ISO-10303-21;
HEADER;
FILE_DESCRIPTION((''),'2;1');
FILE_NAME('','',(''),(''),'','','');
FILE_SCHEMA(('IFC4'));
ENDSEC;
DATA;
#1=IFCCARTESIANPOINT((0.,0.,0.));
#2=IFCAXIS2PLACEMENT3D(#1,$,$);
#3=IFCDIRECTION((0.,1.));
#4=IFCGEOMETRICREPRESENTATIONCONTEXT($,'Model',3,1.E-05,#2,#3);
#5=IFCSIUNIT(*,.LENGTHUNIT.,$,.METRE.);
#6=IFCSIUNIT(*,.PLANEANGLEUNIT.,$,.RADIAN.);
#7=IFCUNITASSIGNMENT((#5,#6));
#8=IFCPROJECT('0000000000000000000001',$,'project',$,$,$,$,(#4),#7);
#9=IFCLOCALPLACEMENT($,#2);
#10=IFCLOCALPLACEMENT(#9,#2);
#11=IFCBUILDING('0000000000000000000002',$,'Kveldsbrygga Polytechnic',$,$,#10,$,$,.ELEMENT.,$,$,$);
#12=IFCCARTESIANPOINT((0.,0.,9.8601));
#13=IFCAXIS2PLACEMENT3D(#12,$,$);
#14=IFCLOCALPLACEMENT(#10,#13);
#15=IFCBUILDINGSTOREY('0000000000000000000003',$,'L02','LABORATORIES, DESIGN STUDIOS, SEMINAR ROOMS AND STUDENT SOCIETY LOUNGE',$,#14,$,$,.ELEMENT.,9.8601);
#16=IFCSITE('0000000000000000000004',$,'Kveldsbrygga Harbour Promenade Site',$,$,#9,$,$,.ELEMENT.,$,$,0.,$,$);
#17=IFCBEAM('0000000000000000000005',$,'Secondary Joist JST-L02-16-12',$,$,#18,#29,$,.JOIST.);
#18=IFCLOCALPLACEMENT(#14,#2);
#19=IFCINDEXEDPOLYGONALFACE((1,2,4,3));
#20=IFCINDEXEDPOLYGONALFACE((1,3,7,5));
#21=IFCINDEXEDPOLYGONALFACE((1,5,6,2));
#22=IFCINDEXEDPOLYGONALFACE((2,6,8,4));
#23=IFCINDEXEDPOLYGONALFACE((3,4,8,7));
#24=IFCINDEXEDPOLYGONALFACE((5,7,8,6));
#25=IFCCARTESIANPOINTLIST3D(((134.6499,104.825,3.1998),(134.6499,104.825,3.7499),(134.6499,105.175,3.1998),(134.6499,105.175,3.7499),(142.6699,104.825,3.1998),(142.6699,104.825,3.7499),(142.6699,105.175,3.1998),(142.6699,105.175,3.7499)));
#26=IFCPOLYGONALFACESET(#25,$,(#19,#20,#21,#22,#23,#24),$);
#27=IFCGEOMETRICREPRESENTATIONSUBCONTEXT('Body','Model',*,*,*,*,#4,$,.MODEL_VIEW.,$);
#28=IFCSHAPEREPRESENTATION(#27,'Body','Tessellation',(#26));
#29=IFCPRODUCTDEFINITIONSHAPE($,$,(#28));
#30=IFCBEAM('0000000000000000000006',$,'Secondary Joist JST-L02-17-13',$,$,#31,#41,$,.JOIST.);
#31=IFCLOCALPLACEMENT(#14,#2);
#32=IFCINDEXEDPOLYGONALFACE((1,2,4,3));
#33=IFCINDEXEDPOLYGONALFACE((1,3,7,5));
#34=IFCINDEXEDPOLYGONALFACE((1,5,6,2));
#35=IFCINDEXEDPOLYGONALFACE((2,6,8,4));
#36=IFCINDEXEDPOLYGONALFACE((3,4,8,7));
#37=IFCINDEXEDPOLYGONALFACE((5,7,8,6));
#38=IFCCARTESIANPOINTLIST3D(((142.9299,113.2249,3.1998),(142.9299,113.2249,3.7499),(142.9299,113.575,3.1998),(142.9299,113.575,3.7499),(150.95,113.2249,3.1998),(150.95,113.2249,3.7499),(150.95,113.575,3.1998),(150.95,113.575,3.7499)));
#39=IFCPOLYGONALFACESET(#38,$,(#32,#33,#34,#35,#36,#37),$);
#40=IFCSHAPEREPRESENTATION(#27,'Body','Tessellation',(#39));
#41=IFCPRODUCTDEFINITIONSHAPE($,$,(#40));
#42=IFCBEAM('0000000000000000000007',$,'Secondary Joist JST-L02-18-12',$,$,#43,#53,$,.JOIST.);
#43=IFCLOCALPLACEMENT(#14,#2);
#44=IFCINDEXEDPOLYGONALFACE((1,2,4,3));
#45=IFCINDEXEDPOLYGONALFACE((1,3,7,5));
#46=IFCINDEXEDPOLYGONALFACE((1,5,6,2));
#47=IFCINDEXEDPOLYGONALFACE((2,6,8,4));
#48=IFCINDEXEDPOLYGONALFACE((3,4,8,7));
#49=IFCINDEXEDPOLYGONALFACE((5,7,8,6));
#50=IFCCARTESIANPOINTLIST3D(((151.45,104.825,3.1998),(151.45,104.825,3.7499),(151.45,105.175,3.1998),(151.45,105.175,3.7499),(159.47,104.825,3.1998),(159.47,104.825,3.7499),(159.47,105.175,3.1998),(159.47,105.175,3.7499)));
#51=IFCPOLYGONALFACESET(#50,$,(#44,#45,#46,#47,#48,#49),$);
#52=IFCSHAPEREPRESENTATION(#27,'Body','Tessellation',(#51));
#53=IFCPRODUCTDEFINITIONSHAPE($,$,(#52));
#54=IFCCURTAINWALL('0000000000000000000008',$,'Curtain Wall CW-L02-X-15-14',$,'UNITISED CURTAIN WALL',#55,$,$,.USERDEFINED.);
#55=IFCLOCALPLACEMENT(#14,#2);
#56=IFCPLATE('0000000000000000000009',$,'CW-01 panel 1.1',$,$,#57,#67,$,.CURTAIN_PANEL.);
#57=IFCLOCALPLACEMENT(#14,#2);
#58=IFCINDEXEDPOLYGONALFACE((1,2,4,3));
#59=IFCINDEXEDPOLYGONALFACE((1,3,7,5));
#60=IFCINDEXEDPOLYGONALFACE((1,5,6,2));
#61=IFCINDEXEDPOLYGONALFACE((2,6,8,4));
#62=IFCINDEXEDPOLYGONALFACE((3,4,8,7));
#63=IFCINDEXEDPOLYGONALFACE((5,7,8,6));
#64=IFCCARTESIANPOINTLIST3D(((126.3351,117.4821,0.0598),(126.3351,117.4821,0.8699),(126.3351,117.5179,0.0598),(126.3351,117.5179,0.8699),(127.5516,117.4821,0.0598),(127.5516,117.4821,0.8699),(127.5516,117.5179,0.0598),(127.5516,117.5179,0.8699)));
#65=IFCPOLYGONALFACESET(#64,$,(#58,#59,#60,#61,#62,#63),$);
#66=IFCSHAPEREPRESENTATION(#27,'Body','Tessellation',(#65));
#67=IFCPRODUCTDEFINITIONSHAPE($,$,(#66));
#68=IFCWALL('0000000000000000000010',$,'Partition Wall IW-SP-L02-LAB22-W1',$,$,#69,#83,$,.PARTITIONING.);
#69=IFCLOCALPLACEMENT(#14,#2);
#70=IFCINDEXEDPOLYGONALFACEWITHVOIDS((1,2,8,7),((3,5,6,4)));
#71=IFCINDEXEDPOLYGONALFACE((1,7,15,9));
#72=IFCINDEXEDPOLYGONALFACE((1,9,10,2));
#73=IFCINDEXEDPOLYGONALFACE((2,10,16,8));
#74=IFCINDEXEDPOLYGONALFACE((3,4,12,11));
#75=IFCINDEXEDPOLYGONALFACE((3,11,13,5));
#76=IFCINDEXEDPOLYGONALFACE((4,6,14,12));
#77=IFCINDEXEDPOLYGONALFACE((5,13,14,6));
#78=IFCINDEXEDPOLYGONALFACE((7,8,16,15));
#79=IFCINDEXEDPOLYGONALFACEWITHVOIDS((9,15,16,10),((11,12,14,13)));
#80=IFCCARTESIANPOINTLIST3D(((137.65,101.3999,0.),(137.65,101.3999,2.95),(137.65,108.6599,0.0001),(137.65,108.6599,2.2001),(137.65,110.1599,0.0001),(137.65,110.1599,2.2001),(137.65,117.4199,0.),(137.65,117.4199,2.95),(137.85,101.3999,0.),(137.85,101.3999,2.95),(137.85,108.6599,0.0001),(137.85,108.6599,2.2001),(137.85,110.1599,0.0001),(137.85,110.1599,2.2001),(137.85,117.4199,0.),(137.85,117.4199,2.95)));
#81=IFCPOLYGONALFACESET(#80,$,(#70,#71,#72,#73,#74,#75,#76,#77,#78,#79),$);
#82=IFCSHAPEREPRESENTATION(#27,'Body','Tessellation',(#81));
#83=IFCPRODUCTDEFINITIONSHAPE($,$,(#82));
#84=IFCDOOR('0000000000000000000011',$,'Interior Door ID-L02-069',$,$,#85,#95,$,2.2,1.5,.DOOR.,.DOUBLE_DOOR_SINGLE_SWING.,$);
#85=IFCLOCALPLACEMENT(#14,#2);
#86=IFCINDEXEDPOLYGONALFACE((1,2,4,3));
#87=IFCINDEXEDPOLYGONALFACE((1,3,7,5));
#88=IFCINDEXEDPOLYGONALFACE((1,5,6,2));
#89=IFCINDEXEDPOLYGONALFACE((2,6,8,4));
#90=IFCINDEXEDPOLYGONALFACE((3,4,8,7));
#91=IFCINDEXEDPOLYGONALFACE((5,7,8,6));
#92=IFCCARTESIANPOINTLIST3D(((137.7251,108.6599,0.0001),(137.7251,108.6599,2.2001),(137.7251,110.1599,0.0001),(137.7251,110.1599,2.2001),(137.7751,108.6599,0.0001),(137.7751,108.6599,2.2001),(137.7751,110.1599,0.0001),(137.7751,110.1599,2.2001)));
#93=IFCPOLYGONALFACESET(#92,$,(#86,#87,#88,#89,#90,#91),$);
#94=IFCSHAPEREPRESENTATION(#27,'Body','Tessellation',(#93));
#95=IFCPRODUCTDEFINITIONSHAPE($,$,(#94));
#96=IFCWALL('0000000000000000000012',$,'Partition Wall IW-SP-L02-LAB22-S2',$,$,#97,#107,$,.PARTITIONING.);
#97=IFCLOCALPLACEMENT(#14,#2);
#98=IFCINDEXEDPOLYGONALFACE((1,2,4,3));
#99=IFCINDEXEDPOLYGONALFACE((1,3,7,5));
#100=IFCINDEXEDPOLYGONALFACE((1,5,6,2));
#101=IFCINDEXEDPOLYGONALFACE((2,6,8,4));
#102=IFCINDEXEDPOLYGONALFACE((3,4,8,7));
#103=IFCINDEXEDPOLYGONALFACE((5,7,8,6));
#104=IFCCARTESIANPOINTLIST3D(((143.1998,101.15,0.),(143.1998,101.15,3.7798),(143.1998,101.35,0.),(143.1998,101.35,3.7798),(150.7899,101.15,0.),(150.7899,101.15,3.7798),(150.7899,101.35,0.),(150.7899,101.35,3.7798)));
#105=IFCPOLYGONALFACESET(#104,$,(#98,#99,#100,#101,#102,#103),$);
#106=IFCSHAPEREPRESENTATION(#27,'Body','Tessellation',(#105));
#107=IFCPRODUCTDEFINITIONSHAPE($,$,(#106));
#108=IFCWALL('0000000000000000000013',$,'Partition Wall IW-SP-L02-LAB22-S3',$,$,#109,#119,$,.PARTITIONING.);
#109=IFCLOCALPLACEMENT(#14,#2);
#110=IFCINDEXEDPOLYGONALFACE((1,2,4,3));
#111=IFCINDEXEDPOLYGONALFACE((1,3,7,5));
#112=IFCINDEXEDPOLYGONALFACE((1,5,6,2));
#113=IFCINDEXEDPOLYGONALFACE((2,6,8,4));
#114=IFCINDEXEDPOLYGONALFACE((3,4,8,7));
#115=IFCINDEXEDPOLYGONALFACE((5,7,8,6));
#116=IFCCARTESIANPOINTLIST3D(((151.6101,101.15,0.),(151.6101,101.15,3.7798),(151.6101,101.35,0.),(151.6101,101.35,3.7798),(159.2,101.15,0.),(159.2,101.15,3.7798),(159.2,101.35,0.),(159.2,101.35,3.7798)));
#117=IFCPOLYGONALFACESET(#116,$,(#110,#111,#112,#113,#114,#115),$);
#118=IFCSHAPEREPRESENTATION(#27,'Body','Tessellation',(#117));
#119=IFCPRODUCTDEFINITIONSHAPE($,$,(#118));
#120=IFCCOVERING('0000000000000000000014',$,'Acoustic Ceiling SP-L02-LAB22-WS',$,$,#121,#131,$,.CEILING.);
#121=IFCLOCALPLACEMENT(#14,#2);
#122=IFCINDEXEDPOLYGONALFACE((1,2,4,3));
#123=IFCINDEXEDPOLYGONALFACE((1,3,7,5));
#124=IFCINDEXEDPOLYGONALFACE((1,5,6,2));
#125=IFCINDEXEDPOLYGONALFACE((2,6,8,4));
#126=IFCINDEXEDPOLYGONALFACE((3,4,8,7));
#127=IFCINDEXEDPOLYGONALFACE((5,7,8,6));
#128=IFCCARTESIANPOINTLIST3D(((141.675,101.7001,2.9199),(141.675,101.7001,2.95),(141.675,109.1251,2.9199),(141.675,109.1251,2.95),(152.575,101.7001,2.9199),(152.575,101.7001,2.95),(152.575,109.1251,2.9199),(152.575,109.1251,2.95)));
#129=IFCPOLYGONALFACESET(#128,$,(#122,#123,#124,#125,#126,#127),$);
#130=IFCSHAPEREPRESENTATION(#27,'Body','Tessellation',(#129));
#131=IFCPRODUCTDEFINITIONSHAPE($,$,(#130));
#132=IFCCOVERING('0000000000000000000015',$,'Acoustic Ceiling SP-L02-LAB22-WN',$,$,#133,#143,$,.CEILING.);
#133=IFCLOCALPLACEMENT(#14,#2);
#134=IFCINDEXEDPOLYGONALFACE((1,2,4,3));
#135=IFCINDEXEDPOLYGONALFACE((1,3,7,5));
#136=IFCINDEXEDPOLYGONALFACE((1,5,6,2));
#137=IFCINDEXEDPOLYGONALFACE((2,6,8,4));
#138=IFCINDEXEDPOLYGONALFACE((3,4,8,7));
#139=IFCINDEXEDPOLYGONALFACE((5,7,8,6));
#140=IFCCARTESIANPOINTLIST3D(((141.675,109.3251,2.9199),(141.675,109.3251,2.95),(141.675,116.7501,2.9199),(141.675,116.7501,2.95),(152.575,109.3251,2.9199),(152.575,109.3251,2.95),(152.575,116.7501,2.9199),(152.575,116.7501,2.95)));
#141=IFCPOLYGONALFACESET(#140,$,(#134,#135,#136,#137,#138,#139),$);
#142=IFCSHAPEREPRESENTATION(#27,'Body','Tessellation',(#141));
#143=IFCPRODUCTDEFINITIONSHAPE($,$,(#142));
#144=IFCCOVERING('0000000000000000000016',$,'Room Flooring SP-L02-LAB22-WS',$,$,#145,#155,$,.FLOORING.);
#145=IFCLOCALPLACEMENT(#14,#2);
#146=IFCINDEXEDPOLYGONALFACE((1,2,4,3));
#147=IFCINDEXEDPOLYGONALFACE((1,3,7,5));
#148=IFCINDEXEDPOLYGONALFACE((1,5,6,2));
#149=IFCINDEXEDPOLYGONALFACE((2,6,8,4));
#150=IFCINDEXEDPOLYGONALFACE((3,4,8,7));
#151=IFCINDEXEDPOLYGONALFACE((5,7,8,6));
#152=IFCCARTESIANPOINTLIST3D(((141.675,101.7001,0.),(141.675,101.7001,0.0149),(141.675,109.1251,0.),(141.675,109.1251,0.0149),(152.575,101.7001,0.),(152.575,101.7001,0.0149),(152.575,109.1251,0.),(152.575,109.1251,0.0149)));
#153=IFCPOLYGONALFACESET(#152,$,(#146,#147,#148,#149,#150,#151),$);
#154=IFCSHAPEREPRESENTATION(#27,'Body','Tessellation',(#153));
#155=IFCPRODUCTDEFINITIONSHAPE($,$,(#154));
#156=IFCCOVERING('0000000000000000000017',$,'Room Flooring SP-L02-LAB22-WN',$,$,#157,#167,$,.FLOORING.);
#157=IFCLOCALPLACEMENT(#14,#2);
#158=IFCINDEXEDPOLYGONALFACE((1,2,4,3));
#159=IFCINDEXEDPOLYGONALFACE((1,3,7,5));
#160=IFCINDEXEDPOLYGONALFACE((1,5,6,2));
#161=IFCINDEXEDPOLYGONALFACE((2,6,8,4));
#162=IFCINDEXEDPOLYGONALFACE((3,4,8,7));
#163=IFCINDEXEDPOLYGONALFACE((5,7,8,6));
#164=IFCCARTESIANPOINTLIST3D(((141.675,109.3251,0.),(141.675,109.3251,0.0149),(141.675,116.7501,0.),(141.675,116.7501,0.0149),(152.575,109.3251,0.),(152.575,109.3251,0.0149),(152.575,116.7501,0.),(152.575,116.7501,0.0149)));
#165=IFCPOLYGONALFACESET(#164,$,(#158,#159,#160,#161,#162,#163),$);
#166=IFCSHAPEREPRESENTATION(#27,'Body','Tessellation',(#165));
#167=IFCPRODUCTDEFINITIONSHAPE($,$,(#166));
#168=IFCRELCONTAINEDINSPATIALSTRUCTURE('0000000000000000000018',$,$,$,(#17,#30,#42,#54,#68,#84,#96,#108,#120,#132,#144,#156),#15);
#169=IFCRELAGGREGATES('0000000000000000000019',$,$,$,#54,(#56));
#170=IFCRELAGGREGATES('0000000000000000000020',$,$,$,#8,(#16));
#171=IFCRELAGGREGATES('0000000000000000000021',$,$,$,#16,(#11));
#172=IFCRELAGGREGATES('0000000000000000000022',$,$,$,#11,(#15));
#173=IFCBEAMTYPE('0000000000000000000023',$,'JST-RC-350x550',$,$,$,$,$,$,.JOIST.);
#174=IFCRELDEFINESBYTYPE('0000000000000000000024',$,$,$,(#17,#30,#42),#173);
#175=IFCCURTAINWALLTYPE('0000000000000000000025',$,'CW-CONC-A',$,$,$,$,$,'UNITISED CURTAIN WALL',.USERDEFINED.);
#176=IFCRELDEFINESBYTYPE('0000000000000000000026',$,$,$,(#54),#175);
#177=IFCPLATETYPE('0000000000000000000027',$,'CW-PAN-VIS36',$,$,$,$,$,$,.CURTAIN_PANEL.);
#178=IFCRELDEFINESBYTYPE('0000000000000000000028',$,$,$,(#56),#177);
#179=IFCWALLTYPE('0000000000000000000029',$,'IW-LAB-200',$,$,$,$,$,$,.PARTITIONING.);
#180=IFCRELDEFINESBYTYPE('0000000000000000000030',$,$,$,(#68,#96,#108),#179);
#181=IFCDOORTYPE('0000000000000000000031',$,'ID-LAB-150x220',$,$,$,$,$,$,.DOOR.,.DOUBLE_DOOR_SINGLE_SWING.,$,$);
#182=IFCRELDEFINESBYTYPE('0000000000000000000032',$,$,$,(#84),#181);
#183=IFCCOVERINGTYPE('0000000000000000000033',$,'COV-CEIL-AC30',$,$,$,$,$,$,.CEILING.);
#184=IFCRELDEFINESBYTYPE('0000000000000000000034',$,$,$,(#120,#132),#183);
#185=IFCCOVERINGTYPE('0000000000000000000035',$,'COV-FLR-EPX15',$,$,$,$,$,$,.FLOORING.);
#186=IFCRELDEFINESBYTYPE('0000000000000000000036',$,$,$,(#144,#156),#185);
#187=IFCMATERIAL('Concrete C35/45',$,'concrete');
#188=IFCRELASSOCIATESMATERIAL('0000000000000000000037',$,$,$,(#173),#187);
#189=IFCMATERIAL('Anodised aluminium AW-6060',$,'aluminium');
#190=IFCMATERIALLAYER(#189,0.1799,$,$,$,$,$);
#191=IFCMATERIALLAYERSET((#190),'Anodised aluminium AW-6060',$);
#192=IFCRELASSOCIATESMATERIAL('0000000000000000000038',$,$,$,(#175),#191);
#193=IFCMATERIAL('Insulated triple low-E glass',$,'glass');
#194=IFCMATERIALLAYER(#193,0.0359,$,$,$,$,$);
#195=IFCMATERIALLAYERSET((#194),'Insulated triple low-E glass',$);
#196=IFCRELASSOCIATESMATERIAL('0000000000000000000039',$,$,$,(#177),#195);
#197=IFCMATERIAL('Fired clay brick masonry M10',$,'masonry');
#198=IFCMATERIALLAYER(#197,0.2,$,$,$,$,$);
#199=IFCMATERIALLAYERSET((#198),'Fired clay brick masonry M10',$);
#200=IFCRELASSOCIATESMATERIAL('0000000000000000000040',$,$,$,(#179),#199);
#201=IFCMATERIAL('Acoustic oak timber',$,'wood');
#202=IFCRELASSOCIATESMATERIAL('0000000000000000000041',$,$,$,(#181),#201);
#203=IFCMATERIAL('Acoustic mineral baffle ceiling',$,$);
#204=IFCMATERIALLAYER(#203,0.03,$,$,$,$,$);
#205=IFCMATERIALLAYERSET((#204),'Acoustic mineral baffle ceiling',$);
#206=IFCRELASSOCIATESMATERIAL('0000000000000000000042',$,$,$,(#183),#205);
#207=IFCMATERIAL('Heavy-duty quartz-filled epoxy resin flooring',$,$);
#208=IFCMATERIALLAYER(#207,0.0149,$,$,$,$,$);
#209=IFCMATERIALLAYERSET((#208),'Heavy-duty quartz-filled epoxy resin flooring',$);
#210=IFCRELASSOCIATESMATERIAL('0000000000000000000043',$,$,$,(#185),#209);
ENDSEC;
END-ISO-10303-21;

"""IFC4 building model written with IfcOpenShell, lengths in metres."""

from ifc_helpers import new_model, si_unit, direction, frame, frame_2d, origin, origin_2d, place, context, subcontext, project, spatial, rectangle, extrude, material, layer, layer_set, material_profile, profile_set, type_object, element, fill, aggregate, save


model = new_model("IFC4")

# Units and contexts
model_context = context("Model", 3, precision=1e-05, world=origin(), true_north=direction((0.0, 1.0)))
body_context = subcontext(model_context, "Body", "Model", "MODEL_VIEW")
ifc_project = project(units=[si_unit("LENGTHUNIT", "METRE"), si_unit("PLANEANGLEUNIT", "RADIAN")], contexts=[model_context])

# Site, building, storey
site_placement = place(None, origin())
site = spatial("IfcSite", under=ifc_project, at=site_placement, Name="Kveldsbrygga Harbour Promenade Site", CompositionType="ELEMENT", RefElevation=0.0)
building_placement = place(site_placement, origin())
building = spatial("IfcBuilding", under=site, at=building_placement, Name="Kveldsbrygga Polytechnic", CompositionType="ELEMENT")
storey_placement = place(building_placement, frame((0.0, 0.0, 9.8601)))
storey = spatial("IfcBuildingStorey", under=building, at=storey_placement, Name="L02", Description="LABORATORIES, DESIGN STUDIOS, SEMINAR ROOMS AND STUDENT SOCIETY LOUNGE", CompositionType="ELEMENT", Elevation=9.8601)

# Beams
ifc_material_1 = material(Name="Concrete C35/45", Category="concrete")
ifc_material_profile_1 = material_profile(ifc_material_1, rectangle(XDim=0.3501, YDim=0.55, at=origin_2d()), Name="RC 350x550")
ifc_profile_set_1 = profile_set([ifc_material_profile_1], Name="Concrete C35/45")
beam_type_1 = type_object("IfcBeamType", Name="JST-RC-350x550", PredefinedType="JOIST", material=ifc_profile_set_1)
for number, where, z_axis, x_axis, name in (
    (1, (134.6499, 105.0, 3.4749), (1.0, 0.0, 0.0), (0.0, 1.0, 0.0), "Secondary Joist JST-L02-16-12"),
    (2, (142.9299, 113.3999, 3.4749), (1.0, 0.0, 0.0), (0.0, 1.0, 0.0), "Secondary Joist JST-L02-17-13"),
    (3, (151.45, 105.0, 3.4749), (1.0, 0.0, 0.0), (0.0, 1.0, 0.0), "Secondary Joist JST-L02-18-12"),
):
    element("IfcBeam", number, at=place(storey_placement, frame(where, z_axis=z_axis, x_axis=x_axis)), inside=storey, type_object=beam_type_1, Name=name, PredefinedType="JOIST", context=body_context, shape_type="SweptSolid", body=[
        extrude(rectangle(XDim=0.3501, YDim=0.55, at=origin_2d()), origin(), (0.0, 0.0, 1.0), 8.02),
    ])

# Curtain wall, plate
ifc_material_2 = material(Name="Anodised aluminium AW-6060", Category="aluminium")
ifc_layer_1 = layer(ifc_material_2, 0.1799)
ifc_layer_set_1 = layer_set([ifc_layer_1], Name="Anodised aluminium AW-6060")
curtain_wall_type = type_object("IfcCurtainWallType", Name="CW-CONC-A", ElementType="UNITISED CURTAIN WALL", PredefinedType="USERDEFINED", material=ifc_layer_set_1)
curtain_wall_placement = place(storey_placement, origin())
curtain_wall = element("IfcCurtainWall", 4, at=curtain_wall_placement, inside=storey, type_object=curtain_wall_type, Name="Curtain Wall CW-L02-X-15-14", ObjectType="UNITISED CURTAIN WALL", PredefinedType="USERDEFINED")
ifc_material_3 = material(Name="Insulated triple low-E glass", Category="glass")
ifc_layer_2 = layer(ifc_material_3, 0.0359)
ifc_layer_set_2 = layer_set([ifc_layer_2], Name="Insulated triple low-E glass")
plate_type = type_object("IfcPlateType", Name="CW-PAN-VIS36", PredefinedType="CURTAIN_PANEL", material=ifc_layer_set_2)
plate_placement = place(storey_placement, frame((126.9434, 117.5, 0.0598), z_axis=(0.0, 0.0, 1.0), x_axis=(1.0, 0.0, 0.0)))
plate = element("IfcPlate", 5, at=plate_placement, type_object=plate_type, Name="CW-01 panel 1.1", PredefinedType="CURTAIN_PANEL", context=body_context, shape_type="SweptSolid", body=[
    extrude(rectangle(XDim=1.2166, YDim=0.0359, at=origin_2d()), origin(), (0.0, 0.0, 1.0), 0.8101),
])
aggregate(curtain_wall, [plate])

# Wall, opening, door
ifc_material_4 = material(Name="Fired clay brick masonry M10", Category="masonry")
ifc_layer_3 = layer(ifc_material_4, 0.2)
ifc_layer_set_3 = layer_set([ifc_layer_3], Name="Fired clay brick masonry M10")
wall_type = type_object("IfcWallType", Name="IW-LAB-200", PredefinedType="PARTITIONING", material=ifc_layer_set_3)
wall_1_placement = place(storey_placement, frame((137.75, 101.3999, 0.0), z_axis=(0.0, 0.0, 1.0), x_axis=(0.0, 1.0, 0.0)))
wall_1 = element("IfcWall", 6, at=wall_1_placement, inside=storey, type_object=wall_type, Name="Partition Wall IW-SP-L02-LAB22-W1", PredefinedType="PARTITIONING", context=body_context, shape_type="SweptSolid", body=[
    extrude(rectangle(XDim=16.02, YDim=0.2, at=frame_2d((8.01, 0.0))), origin(), (0.0, 0.0, 1.0), 2.95),
])
opening_placement = place(wall_1_placement, frame((7.26, 0.0, 0.0)))
opening = element("IfcOpeningElement", 7, at=opening_placement, cuts=wall_1, PredefinedType="OPENING", context=body_context, shape_type="SweptSolid", body=[
    extrude(rectangle(XDim=1.5, YDim=2.2, at=frame_2d((0.75, 1.1001))), frame((0.0, 0.1099, 0.0), z_axis=(0.0, -1.0, 0.0), x_axis=(1.0, 0.0, 0.0)), (0.0, 0.0, 1.0), 0.22),
])
ifc_material_5 = material(Name="Acoustic oak timber", Category="wood")
door_type = type_object("IfcDoorType", Name="ID-LAB-150x220", OperationType="DOUBLE_DOOR_SINGLE_SWING", PredefinedType="DOOR", material=ifc_material_5)
door_placement = place(opening_placement, origin())
door = element("IfcDoor", 8, at=door_placement, inside=storey, type_object=door_type, Name="Interior Door ID-L02-069", OperationType="DOUBLE_DOOR_SINGLE_SWING", OverallHeight=2.2, OverallWidth=1.5, PredefinedType="DOOR", context=body_context, shape_type="SweptSolid", body=[
    extrude(rectangle(XDim=1.5, YDim=2.2, at=frame_2d((0.75, 1.1001))), frame((0.0, 0.0249, 0.0), z_axis=(0.0, -1.0, 0.0), x_axis=(1.0, 0.0, 0.0)), (0.0, 0.0, 1.0), 0.05),
])
fill(opening, door)

# Walls
wall_2_placement = place(storey_placement, frame((143.2, 101.25, 0.0), z_axis=(0.0, 0.0, 1.0), x_axis=(1.0, 0.0, 0.0)))
element("IfcWall", 9, at=wall_2_placement, inside=storey, type_object=wall_type, Name="Partition Wall IW-SP-L02-LAB22-S2", PredefinedType="PARTITIONING", context=body_context, shape_type="SweptSolid", body=[
    extrude(rectangle(XDim=7.5901, YDim=0.2, at=frame_2d((3.7949, 0.0))), origin(), (0.0, 0.0, 1.0), 3.7798),
])
wall_3_placement = place(storey_placement, frame((151.6101, 101.25, 0.0), z_axis=(0.0, 0.0, 1.0), x_axis=(1.0, 0.0, 0.0)))
element("IfcWall", 10, at=wall_3_placement, inside=storey, type_object=wall_type, Name="Partition Wall IW-SP-L02-LAB22-S3", PredefinedType="PARTITIONING", context=body_context, shape_type="SweptSolid", body=[
    extrude(rectangle(XDim=7.5898, YDim=0.2, at=frame_2d((3.7949, 0.0))), origin(), (0.0, 0.0, 1.0), 3.7798),
])

# Coverings
ifc_material_6 = material(Name="Acoustic mineral baffle ceiling")
ifc_layer_4 = layer(ifc_material_6, 0.03)
ifc_layer_set_4 = layer_set([ifc_layer_4], Name="Acoustic mineral baffle ceiling")
covering_type_1 = type_object("IfcCoveringType", Name="COV-CEIL-AC30", PredefinedType="CEILING", material=ifc_layer_set_4)
for number, where, z_axis, x_axis, name in (
    (11, (147.125, 105.4126, 2.9199), (0.0, 0.0, 1.0), (1.0, 0.0, 0.0), "Acoustic Ceiling SP-L02-LAB22-WS"),
    (12, (147.125, 113.0376, 2.9199), (0.0, 0.0, 1.0), (1.0, 0.0, 0.0), "Acoustic Ceiling SP-L02-LAB22-WN"),
):
    element("IfcCovering", number, at=place(storey_placement, frame(where, z_axis=z_axis, x_axis=x_axis)), inside=storey, type_object=covering_type_1, Name=name, PredefinedType="CEILING", context=body_context, shape_type="SweptSolid", body=[
        extrude(rectangle(XDim=10.8999, YDim=7.425, at=origin_2d()), origin(), (0.0, 0.0, 1.0), 0.03),
    ])
ifc_material_7 = material(Name="Heavy-duty quartz-filled epoxy resin flooring")
ifc_layer_5 = layer(ifc_material_7, 0.0149)
ifc_layer_set_5 = layer_set([ifc_layer_5], Name="Heavy-duty quartz-filled epoxy resin flooring")
covering_type_2 = type_object("IfcCoveringType", Name="COV-FLR-EPX15", PredefinedType="FLOORING", material=ifc_layer_set_5)
for number, where, z_axis, x_axis, name in (
    (13, (147.125, 105.4126, 0.0), (0.0, 0.0, 1.0), (1.0, 0.0, 0.0), "Room Flooring SP-L02-LAB22-WS"),
    (14, (147.125, 113.0376, 0.0), (0.0, 0.0, 1.0), (1.0, 0.0, 0.0), "Room Flooring SP-L02-LAB22-WN"),
):
    element("IfcCovering", number, at=place(storey_placement, frame(where, z_axis=z_axis, x_axis=x_axis)), inside=storey, type_object=covering_type_2, Name=name, PredefinedType="FLOORING", context=body_context, shape_type="SweptSolid", body=[
        extrude(rectangle(XDim=10.8999, YDim=7.425, at=origin_2d()), origin(), (0.0, 0.0, 1.0), 0.0149),
    ])

save(model, "model.ifc")
